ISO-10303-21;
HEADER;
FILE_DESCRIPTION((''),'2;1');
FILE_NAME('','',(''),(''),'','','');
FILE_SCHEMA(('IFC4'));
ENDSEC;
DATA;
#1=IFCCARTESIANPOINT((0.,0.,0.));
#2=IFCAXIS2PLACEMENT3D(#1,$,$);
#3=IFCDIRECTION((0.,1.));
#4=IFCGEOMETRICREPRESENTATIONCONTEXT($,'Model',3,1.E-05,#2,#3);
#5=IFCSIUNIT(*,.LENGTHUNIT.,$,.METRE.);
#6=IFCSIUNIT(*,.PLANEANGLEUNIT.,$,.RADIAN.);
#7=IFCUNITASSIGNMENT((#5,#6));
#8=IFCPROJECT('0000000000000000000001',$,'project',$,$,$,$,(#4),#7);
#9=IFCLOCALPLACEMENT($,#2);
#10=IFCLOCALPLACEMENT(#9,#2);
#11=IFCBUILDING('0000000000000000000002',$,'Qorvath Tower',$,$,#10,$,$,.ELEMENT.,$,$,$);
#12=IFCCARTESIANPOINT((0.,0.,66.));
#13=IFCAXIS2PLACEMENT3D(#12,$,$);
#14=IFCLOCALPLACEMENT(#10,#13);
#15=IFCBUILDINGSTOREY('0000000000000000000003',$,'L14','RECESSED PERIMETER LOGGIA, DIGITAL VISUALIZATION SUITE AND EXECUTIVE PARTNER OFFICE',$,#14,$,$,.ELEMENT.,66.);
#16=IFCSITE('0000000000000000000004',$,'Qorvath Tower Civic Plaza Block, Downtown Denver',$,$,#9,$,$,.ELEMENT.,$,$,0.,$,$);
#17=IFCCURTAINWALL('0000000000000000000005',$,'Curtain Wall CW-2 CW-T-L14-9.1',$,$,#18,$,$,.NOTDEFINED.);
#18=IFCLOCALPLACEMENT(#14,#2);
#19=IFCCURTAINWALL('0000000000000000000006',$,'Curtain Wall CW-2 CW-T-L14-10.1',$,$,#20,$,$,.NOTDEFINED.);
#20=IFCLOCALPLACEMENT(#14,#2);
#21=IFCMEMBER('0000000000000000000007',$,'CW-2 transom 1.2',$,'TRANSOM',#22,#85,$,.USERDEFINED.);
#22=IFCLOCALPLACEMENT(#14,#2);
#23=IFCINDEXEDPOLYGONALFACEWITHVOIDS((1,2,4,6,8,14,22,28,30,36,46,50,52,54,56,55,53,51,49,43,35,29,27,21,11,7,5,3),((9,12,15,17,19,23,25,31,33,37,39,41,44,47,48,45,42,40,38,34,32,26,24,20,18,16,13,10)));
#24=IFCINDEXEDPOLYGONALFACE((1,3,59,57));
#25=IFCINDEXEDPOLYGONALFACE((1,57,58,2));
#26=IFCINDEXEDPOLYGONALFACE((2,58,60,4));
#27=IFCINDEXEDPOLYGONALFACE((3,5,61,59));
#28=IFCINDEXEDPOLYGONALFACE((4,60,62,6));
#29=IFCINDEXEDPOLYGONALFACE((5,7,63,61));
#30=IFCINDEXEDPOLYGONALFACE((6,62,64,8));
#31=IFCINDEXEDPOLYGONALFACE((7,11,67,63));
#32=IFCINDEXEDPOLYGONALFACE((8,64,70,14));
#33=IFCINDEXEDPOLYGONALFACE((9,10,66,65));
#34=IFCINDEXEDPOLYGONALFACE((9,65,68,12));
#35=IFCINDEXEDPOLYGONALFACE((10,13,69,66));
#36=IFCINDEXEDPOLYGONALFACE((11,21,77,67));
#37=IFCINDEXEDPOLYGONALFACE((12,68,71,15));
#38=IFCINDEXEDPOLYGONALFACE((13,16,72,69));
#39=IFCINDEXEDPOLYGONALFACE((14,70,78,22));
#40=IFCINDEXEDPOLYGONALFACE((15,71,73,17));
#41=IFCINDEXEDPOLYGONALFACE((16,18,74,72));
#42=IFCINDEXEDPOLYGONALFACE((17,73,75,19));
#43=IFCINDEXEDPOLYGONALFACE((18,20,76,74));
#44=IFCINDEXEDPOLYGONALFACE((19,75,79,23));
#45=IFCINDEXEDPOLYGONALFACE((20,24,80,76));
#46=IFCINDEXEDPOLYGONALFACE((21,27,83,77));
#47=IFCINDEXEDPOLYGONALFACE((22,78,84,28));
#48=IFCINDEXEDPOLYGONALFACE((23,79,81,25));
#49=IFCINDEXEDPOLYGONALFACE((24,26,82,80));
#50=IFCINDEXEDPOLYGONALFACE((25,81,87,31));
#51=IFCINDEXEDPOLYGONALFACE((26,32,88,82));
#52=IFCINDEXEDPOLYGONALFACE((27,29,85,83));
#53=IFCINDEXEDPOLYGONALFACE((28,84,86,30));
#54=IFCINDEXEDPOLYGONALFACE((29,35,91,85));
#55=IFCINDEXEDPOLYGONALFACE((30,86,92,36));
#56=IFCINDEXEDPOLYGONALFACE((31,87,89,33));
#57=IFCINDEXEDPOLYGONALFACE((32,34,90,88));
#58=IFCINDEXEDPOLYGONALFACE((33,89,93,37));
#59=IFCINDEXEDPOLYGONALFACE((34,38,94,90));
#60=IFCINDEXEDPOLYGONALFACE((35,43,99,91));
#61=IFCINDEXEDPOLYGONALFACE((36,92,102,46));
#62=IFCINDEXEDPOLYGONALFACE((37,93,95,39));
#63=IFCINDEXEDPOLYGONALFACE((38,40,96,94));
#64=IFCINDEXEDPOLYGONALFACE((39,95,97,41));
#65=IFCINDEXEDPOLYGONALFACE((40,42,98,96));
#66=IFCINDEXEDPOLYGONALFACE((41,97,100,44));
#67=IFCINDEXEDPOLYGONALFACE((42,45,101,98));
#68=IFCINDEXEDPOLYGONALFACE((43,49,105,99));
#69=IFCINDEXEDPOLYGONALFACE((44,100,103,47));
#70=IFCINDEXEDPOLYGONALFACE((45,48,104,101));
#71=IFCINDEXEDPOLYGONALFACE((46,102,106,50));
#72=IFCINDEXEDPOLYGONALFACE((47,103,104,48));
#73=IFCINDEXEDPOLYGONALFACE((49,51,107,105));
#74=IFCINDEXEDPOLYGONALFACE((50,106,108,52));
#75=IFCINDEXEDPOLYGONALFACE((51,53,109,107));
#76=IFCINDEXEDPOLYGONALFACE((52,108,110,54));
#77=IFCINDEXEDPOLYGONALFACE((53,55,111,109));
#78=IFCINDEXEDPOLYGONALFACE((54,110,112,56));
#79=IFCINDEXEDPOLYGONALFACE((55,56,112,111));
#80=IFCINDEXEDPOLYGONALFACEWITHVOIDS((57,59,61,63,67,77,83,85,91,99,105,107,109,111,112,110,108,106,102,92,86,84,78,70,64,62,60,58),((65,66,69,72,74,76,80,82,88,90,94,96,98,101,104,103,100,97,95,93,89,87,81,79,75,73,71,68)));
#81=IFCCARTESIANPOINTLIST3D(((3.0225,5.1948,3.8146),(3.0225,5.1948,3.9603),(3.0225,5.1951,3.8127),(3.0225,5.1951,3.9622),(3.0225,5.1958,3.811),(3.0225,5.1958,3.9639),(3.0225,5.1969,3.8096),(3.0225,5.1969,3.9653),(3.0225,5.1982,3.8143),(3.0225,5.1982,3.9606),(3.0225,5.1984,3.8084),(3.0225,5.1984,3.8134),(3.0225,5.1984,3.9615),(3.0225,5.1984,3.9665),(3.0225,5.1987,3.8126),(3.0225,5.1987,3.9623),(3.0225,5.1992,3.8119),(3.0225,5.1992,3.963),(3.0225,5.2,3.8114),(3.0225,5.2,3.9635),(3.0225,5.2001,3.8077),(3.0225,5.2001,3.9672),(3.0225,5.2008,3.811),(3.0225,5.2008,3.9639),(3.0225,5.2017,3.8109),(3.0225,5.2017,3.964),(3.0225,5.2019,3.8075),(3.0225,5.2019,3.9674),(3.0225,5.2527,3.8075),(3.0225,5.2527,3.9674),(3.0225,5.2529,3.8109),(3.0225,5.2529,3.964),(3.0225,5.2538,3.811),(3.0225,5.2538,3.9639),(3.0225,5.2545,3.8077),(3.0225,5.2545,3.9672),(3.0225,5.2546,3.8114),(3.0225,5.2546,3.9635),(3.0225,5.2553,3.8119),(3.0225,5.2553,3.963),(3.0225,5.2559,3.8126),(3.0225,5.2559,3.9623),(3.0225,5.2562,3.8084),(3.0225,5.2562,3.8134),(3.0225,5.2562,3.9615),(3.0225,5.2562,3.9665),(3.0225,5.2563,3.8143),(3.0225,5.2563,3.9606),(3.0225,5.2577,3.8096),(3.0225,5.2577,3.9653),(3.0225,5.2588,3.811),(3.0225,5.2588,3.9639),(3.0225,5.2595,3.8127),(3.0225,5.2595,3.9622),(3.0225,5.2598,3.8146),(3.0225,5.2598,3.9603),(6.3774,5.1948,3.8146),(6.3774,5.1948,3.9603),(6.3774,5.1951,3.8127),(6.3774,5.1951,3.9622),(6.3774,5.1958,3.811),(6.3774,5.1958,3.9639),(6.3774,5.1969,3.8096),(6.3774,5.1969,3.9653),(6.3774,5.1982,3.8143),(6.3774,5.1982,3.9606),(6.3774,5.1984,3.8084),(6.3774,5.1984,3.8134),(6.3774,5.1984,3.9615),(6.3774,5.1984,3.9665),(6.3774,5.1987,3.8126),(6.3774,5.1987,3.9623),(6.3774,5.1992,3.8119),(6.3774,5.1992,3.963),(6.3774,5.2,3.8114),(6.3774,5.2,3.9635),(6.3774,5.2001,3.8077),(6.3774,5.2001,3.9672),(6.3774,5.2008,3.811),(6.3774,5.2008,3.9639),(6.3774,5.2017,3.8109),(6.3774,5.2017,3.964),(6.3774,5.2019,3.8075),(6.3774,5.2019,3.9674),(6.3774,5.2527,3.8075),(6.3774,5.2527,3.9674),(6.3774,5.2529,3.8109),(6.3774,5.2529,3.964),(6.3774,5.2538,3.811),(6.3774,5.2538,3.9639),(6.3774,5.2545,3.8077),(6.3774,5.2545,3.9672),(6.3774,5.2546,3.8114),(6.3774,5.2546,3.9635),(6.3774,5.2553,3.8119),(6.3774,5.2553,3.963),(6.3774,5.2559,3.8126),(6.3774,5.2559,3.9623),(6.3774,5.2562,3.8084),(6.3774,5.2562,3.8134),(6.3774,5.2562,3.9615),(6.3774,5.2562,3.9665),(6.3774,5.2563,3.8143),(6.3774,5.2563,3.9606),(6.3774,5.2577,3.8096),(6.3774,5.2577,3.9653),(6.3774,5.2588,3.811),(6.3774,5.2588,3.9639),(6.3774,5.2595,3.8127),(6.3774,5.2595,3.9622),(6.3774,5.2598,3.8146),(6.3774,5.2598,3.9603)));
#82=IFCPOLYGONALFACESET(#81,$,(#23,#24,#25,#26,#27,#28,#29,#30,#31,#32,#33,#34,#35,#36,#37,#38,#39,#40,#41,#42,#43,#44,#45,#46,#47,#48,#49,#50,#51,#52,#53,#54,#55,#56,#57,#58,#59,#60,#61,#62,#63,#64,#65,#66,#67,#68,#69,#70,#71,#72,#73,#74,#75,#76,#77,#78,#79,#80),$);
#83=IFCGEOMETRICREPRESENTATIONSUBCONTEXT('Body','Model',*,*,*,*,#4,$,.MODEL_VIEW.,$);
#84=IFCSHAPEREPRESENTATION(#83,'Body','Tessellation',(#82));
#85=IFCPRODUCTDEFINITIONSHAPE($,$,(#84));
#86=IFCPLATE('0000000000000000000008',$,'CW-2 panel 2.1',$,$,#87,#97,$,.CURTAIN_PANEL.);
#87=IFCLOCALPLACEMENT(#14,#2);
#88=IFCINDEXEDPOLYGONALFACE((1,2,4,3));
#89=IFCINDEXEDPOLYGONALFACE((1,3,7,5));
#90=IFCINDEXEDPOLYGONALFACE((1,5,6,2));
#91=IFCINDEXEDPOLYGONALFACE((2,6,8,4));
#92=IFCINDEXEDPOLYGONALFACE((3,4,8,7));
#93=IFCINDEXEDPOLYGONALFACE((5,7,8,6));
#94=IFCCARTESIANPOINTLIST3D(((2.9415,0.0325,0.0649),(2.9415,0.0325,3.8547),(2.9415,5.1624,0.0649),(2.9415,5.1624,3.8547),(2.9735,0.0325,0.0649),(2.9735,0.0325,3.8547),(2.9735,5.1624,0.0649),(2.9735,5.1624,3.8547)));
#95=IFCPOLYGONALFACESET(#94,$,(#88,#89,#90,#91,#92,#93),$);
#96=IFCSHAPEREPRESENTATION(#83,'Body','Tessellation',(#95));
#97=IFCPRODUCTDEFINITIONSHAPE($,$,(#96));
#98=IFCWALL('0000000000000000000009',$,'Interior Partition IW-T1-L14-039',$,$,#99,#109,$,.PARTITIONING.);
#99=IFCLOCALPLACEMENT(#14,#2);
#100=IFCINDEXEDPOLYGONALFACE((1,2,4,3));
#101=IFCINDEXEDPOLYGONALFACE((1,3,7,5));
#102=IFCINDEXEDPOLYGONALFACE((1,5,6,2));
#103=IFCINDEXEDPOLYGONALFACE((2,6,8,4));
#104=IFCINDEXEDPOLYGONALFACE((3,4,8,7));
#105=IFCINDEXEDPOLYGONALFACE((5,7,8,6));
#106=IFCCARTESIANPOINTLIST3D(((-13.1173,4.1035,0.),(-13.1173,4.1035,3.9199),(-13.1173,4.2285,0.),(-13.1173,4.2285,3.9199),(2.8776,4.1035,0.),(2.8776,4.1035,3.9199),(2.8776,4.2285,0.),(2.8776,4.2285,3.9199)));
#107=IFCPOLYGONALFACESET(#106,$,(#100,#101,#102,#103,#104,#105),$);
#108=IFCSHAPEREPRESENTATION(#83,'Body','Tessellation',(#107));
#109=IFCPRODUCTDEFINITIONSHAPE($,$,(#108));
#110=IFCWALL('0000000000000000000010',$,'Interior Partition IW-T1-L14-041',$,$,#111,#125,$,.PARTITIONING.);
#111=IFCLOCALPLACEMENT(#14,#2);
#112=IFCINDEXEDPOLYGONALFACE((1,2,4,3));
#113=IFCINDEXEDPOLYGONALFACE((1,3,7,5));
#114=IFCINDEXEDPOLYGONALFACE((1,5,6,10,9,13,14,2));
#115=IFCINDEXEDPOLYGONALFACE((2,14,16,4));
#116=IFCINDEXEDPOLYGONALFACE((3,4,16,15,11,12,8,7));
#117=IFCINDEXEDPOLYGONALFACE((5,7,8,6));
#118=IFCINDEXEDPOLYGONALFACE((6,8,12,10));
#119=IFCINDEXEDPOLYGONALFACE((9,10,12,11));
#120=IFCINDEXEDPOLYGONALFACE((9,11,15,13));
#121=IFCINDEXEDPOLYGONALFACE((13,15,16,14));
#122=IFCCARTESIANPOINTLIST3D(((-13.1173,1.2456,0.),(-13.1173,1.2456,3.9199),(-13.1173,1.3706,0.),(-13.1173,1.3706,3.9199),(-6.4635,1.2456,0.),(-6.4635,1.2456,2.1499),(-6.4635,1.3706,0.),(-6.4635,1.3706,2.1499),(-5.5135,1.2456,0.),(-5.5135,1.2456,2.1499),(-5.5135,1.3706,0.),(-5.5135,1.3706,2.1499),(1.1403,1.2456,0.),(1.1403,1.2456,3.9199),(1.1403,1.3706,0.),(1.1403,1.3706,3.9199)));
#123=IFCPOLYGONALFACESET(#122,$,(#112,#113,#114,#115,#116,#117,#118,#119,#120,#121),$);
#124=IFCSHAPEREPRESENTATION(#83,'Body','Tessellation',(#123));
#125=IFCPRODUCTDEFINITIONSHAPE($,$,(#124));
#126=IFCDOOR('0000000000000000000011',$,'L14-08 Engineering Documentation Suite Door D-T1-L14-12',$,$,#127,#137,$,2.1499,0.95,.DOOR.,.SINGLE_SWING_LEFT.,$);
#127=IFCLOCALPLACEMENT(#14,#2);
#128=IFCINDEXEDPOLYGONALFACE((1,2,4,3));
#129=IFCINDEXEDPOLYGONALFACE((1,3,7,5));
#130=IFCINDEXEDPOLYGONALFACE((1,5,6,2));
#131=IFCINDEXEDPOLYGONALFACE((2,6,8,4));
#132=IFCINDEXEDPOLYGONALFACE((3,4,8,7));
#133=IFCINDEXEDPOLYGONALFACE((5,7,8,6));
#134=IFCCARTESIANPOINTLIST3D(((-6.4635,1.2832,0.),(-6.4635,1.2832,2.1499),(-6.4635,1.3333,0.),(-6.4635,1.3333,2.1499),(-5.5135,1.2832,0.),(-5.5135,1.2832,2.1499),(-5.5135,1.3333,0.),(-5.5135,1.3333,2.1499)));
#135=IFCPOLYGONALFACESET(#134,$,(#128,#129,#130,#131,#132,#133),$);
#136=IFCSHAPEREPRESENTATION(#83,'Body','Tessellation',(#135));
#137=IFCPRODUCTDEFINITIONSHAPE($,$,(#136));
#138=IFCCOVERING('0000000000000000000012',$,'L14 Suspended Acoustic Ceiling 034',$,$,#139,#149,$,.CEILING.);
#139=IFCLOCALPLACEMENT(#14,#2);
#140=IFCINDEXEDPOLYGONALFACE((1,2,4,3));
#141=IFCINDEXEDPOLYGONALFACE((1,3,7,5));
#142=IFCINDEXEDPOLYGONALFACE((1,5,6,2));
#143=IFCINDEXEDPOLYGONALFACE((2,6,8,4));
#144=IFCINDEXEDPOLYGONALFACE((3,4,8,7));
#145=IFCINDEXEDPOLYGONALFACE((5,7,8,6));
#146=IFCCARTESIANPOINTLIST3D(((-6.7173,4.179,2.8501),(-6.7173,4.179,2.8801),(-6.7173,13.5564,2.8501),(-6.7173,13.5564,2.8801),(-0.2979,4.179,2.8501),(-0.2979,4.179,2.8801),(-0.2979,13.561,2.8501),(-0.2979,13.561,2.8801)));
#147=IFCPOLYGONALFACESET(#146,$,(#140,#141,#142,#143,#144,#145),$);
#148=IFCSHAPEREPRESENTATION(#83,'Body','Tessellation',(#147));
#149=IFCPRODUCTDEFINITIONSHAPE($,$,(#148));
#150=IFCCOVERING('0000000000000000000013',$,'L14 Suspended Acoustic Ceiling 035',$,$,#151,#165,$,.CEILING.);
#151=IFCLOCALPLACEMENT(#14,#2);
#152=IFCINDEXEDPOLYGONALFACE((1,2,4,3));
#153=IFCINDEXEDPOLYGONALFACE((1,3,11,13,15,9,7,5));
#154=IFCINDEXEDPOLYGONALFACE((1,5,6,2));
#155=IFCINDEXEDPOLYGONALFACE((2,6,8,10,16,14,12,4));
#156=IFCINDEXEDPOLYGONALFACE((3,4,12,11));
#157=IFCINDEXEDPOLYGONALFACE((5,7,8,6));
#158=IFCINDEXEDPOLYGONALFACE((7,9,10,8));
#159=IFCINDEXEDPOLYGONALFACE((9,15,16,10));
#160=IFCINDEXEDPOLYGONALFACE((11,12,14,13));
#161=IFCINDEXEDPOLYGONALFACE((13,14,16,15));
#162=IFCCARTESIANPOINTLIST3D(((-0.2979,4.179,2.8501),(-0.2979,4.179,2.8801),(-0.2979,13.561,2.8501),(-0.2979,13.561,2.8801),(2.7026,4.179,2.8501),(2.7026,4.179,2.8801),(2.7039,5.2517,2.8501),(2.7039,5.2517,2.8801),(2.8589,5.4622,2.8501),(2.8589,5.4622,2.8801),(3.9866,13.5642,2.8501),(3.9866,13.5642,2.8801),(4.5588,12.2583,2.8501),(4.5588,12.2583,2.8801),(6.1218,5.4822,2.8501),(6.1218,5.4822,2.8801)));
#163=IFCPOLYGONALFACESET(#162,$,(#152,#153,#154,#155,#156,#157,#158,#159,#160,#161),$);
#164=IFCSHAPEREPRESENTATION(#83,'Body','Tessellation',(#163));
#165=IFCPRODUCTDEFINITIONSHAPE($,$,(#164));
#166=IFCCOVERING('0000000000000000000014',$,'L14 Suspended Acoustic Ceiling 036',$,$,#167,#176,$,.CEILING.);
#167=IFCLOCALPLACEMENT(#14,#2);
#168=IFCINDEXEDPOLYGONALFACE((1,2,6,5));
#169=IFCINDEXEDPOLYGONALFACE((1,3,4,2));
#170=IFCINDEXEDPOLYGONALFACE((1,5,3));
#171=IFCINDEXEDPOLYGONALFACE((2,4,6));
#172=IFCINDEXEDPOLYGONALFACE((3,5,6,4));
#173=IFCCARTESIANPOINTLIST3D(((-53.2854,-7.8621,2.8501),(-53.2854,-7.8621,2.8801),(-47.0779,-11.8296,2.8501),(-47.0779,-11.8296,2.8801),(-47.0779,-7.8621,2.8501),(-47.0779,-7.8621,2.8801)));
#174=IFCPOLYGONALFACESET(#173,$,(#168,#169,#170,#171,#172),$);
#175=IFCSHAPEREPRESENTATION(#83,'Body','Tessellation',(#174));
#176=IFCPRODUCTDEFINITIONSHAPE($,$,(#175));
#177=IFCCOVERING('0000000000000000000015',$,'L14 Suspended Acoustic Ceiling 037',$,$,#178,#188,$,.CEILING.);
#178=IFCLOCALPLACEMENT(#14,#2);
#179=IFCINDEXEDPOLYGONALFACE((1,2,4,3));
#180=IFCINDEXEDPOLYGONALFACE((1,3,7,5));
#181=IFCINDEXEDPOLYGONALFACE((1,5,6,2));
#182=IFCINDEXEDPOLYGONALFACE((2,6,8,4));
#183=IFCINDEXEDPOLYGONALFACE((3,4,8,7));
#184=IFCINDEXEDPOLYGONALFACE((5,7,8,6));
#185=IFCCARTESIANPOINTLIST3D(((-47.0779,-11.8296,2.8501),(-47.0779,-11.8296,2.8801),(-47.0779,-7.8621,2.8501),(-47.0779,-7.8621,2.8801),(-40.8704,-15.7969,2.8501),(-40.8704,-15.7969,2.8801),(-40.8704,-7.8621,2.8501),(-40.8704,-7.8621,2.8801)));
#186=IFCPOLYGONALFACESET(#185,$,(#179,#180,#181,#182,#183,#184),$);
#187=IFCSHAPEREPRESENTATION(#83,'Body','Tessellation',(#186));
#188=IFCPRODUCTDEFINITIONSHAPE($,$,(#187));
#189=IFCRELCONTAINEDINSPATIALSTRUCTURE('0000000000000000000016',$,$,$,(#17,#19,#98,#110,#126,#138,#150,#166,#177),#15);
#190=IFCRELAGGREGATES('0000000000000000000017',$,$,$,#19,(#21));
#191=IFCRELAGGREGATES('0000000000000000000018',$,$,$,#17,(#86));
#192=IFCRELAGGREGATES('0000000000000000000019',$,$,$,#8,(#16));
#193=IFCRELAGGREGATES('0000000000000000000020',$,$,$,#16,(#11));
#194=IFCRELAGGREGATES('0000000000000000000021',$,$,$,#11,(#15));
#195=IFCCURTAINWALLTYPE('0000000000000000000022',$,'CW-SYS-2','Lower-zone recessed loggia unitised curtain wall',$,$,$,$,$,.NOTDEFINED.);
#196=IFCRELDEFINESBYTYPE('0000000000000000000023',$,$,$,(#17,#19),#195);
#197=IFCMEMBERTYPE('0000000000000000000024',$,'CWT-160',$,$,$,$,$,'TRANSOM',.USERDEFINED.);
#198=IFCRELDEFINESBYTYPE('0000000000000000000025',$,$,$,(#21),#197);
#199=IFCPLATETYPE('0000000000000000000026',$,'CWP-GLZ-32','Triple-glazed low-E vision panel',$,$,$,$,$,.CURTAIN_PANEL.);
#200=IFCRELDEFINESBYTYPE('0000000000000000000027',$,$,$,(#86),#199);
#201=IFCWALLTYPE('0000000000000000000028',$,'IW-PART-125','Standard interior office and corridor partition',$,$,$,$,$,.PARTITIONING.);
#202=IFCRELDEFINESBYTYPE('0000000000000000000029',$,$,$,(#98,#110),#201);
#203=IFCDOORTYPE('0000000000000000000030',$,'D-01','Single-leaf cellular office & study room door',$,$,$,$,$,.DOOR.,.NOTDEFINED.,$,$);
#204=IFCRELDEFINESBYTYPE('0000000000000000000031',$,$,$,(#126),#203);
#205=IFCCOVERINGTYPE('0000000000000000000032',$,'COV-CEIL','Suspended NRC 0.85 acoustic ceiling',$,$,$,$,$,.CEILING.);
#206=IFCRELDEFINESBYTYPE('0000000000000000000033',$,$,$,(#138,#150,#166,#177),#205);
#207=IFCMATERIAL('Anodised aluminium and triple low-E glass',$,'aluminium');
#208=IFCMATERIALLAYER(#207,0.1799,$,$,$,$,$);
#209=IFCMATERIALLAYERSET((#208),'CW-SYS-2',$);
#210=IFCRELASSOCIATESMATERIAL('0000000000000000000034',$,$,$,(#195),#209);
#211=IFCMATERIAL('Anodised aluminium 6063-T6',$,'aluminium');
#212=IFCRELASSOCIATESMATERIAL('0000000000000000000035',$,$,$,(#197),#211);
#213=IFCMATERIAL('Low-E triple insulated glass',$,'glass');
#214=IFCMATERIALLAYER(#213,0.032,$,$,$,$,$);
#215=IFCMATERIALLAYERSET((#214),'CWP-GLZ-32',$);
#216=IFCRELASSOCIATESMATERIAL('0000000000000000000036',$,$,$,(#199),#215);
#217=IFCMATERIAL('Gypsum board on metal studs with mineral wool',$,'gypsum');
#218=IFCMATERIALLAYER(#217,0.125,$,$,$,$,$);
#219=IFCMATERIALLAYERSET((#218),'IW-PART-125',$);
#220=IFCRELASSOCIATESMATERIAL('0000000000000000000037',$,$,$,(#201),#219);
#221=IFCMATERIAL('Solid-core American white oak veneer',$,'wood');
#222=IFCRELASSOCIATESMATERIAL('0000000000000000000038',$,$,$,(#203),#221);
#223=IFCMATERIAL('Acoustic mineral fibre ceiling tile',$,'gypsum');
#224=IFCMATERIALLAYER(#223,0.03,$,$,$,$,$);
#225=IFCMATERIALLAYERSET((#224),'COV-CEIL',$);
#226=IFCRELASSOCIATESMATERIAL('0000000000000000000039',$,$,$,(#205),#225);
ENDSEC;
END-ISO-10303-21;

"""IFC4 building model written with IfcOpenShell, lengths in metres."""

from ifc_helpers import new_model, si_unit, direction, frame, frame_2d, origin, origin_2d, place, context, subcontext, project, spatial, polyline, rectangle, hollow_rectangle, outline, extrude, material, layer, layer_set, material_profile, profile_set, type_object, element, fill, aggregate, save


model = new_model("IFC4")

# Units and contexts
model_context = context("Model", 3, precision=1e-05, world=origin(), true_north=direction((0.0, 1.0)))
body_context = subcontext(model_context, "Body", "Model", "MODEL_VIEW")
ifc_project = project(units=[si_unit("LENGTHUNIT", "METRE"), si_unit("PLANEANGLEUNIT", "RADIAN")], contexts=[model_context])

# Site, building, storey
site_placement = place(None, origin())
site = spatial("IfcSite", under=ifc_project, at=site_placement, Name="Qorvath Tower Civic Plaza Block, Downtown Denver", CompositionType="ELEMENT", RefElevation=0.0)
building_placement = place(site_placement, origin())
building = spatial("IfcBuilding", under=site, at=building_placement, Name="Qorvath Tower", CompositionType="ELEMENT")
storey_placement = place(building_placement, frame((0.0, 0.0, 66.0)))
storey = spatial("IfcBuildingStorey", under=building, at=storey_placement, Name="L14", Description="RECESSED PERIMETER LOGGIA, DIGITAL VISUALIZATION SUITE AND EXECUTIVE PARTNER OFFICE", CompositionType="ELEMENT", Elevation=66.0)

# Curtain wall
ifc_material_1 = material(Name="Anodised aluminium and triple low-E glass", Category="aluminium")
ifc_layer_1 = layer(ifc_material_1, 0.1799)
ifc_layer_set_1 = layer_set([ifc_layer_1], Name="CW-SYS-2")
curtain_wall_type = type_object("IfcCurtainWallType", Name="CW-SYS-2", Description="Lower-zone recessed loggia unitised curtain wall", PredefinedType="NOTDEFINED", material=ifc_layer_set_1)
curtain_wall_1_placement = place(storey_placement, origin())
curtain_wall_1 = element("IfcCurtainWall", 1, at=curtain_wall_1_placement, inside=storey, type_object=curtain_wall_type, Name="Curtain Wall CW-2 CW-T-L14-9.1", PredefinedType="NOTDEFINED")

# Curtain wall
curtain_wall_2_placement = place(storey_placement, origin())
curtain_wall_2 = element("IfcCurtainWall", 2, at=curtain_wall_2_placement, inside=storey, type_object=curtain_wall_type, Name="Curtain Wall CW-2 CW-T-L14-10.1", PredefinedType="NOTDEFINED")

# Member
ifc_material_2 = material(Name="Anodised aluminium 6063-T6", Category="aluminium")
ifc_material_profile_1 = material_profile(ifc_material_2, hollow_rectangle(XDim=0.0649, YDim=0.1599, WallThickness=0.0034, InnerFilletRadius=0.0034, OuterFilletRadius=0.0071, at=origin_2d()), Name="CWT 160x65")
ifc_profile_set_1 = profile_set([ifc_material_profile_1], Name="Anodised aluminium 6063-T6")
member_type_1 = type_object("IfcMemberType", Name="CWT-160", ElementType="TRANSOM", PredefinedType="USERDEFINED", material=ifc_profile_set_1)
member_1_placement = place(storey_placement, frame((3.0225, 5.2273, 3.8875), z_axis=(1.0, 0.0, 0.0), x_axis=(0.0, 1.0, 0.0)))
member_1 = element("IfcMember", 3, at=member_1_placement, type_object=member_type_1, Name="CW-2 transom 1.2", ObjectType="TRANSOM", PredefinedType="USERDEFINED", context=body_context, shape_type="SweptSolid", body=[
    extrude(hollow_rectangle(XDim=0.0649, YDim=0.1599, WallThickness=0.0034, InnerFilletRadius=0.0034, OuterFilletRadius=0.0071, at=origin_2d()), origin(), (0.0, 0.0, 1.0), 3.355),
])
aggregate(curtain_wall_2, [member_1])

# Plate
ifc_material_3 = material(Name="Low-E triple insulated glass", Category="glass")
ifc_layer_2 = layer(ifc_material_3, 0.032)
ifc_layer_set_2 = layer_set([ifc_layer_2], Name="CWP-GLZ-32")
plate_type = type_object("IfcPlateType", Name="CWP-GLZ-32", Description="Triple-glazed low-E vision panel", PredefinedType="CURTAIN_PANEL", material=ifc_layer_set_2)
plate_placement = place(storey_placement, frame((2.9575, 2.5974, 0.0649), z_axis=(0.0, 0.0, 1.0), x_axis=(0.0, 1.0, 0.0)))
plate = element("IfcPlate", 4, at=plate_placement, type_object=plate_type, Name="CW-2 panel 2.1", PredefinedType="CURTAIN_PANEL", context=body_context, shape_type="SweptSolid", body=[
    extrude(rectangle(XDim=5.1299, YDim=0.032, at=origin_2d()), origin(), (0.0, 0.0, 1.0), 3.7898),
])
aggregate(curtain_wall_1, [plate])

# Wall
ifc_material_4 = material(Name="Gypsum board on metal studs with mineral wool", Category="gypsum")
ifc_layer_3 = layer(ifc_material_4, 0.125)
ifc_layer_set_3 = layer_set([ifc_layer_3], Name="IW-PART-125")
wall_type = type_object("IfcWallType", Name="IW-PART-125", Description="Standard interior office and corridor partition", PredefinedType="PARTITIONING", material=ifc_layer_set_3)
wall_1_placement = place(storey_placement, frame((2.8777, 4.166, 0.0), z_axis=(0.0, 0.0, 1.0), x_axis=(-1.0, 0.0, 0.0)))
element("IfcWall", 5, at=wall_1_placement, inside=storey, type_object=wall_type, Name="Interior Partition IW-T1-L14-039", PredefinedType="PARTITIONING", context=body_context, shape_type="SweptSolid", body=[
    extrude(rectangle(XDim=15.9949, YDim=0.125, at=frame_2d((7.9976, 0.0))), origin(), (0.0, 0.0, 1.0), 3.9199),
])

# Wall, opening, door
wall_2_placement = place(storey_placement, frame((1.1404, 1.3081, 0.0), z_axis=(0.0, 0.0, 1.0), x_axis=(-1.0, 0.0, 0.0)))
wall_2 = element("IfcWall", 6, at=wall_2_placement, inside=storey, type_object=wall_type, Name="Interior Partition IW-T1-L14-041", PredefinedType="PARTITIONING", context=body_context, shape_type="SweptSolid", body=[
    extrude(rectangle(XDim=14.2576, YDim=0.125, at=frame_2d((7.1289, 0.0))), origin(), (0.0, 0.0, 1.0), 3.9199),
])
opening_placement = place(wall_2_placement, frame((6.6538, 0.0, 0.0)))
opening = element("IfcOpeningElement", 7, at=opening_placement, cuts=wall_2, PredefinedType="OPENING", context=body_context, shape_type="SweptSolid", body=[
    extrude(rectangle(XDim=0.95, YDim=2.1499, at=frame_2d((0.4751, 1.075))), frame((0.0, 0.0725, 0.0), z_axis=(0.0, -1.0, 0.0), x_axis=(1.0, 0.0, 0.0)), (0.0, 0.0, 1.0), 0.145),
])
ifc_material_5 = material(Name="Solid-core American white oak veneer", Category="wood")
door_type = type_object("IfcDoorType", Name="D-01", Description="Single-leaf cellular office & study room door", OperationType="NOTDEFINED", PredefinedType="DOOR", material=ifc_material_5)
door_placement = place(opening_placement, origin())
door = element("IfcDoor", 8, at=door_placement, inside=storey, type_object=door_type, Name="L14-08 Engineering Documentation Suite Door D-T1-L14-12", OperationType="SINGLE_SWING_LEFT", OverallHeight=2.1499, OverallWidth=0.95, PredefinedType="DOOR", context=body_context, shape_type="SweptSolid", body=[
    extrude(rectangle(XDim=0.95, YDim=2.1499, at=frame_2d((0.4751, 1.075))), frame((0.0, 0.0249, 0.0), z_axis=(0.0, -1.0, 0.0), x_axis=(1.0, 0.0, 0.0)), (0.0, 0.0, 1.0), 0.05),
])
fill(opening, door)

# Coverings
ifc_material_6 = material(Name="Acoustic mineral fibre ceiling tile", Category="gypsum")
ifc_layer_4 = layer(ifc_material_6, 0.03)
ifc_layer_set_4 = layer_set([ifc_layer_4], Name="COV-CEIL")
covering_type_1 = type_object("IfcCoveringType", Name="COV-CEIL", Description="Suspended NRC 0.85 acoustic ceiling", PredefinedType="CEILING", material=ifc_layer_set_4)
covering_1_placement = place(storey_placement, frame((0.0, 0.0, 2.8501)))
element("IfcCovering", 9, at=covering_1_placement, inside=storey, type_object=covering_type_1, Name="L14 Suspended Acoustic Ceiling 034", PredefinedType="CEILING", context=body_context, shape_type="SweptSolid", body=[
    extrude(outline(polyline([(-0.2979, 4.179), (-0.2979, 13.561), (-6.7173, 13.5564), (-6.7173, 4.179), (-0.2979, 4.179)])), origin(), (0.0, 0.0, 1.0), 0.03),
])
covering_2_placement = place(storey_placement, frame((0.0, 0.0, 2.8501)))
element("IfcCovering", 10, at=covering_2_placement, inside=storey, type_object=covering_type_1, Name="L14 Suspended Acoustic Ceiling 035", PredefinedType="CEILING", context=body_context, shape_type="SweptSolid", body=[
    extrude(outline(polyline([(2.8589, 5.4622), (6.1218, 5.4822), (4.5588, 12.2583), (3.9866, 13.5642), (-0.2979, 13.561), (-0.2979, 4.179), (2.7026, 4.179), (2.7039, 5.2517), (2.8589, 5.4622)])), origin(), (0.0, 0.0, 1.0), 0.03),
])
covering_3_placement = place(storey_placement, frame((0.0, 0.0, 2.8501)))
element("IfcCovering", 11, at=covering_3_placement, inside=storey, type_object=covering_type_1, Name="L14 Suspended Acoustic Ceiling 036", PredefinedType="CEILING", context=body_context, shape_type="SweptSolid", body=[
    extrude(outline(polyline([(-47.0779, -11.8296), (-47.0779, -7.8621), (-53.2854, -7.8621), (-47.0779, -11.8296)])), origin(), (0.0, 0.0, 1.0), 0.03),
])
covering_4_placement = place(storey_placement, frame((0.0, 0.0, 2.8501)))
element("IfcCovering", 12, at=covering_4_placement, inside=storey, type_object=covering_type_1, Name="L14 Suspended Acoustic Ceiling 037", PredefinedType="CEILING", context=body_context, shape_type="SweptSolid", body=[
    extrude(outline(polyline([(-40.8704, -15.7969), (-40.8704, -7.8621), (-47.0779, -7.8621), (-47.0779, -11.8296), (-40.8704, -15.7969)])), origin(), (0.0, 0.0, 1.0), 0.03),
])

save(model, "model.ifc")
